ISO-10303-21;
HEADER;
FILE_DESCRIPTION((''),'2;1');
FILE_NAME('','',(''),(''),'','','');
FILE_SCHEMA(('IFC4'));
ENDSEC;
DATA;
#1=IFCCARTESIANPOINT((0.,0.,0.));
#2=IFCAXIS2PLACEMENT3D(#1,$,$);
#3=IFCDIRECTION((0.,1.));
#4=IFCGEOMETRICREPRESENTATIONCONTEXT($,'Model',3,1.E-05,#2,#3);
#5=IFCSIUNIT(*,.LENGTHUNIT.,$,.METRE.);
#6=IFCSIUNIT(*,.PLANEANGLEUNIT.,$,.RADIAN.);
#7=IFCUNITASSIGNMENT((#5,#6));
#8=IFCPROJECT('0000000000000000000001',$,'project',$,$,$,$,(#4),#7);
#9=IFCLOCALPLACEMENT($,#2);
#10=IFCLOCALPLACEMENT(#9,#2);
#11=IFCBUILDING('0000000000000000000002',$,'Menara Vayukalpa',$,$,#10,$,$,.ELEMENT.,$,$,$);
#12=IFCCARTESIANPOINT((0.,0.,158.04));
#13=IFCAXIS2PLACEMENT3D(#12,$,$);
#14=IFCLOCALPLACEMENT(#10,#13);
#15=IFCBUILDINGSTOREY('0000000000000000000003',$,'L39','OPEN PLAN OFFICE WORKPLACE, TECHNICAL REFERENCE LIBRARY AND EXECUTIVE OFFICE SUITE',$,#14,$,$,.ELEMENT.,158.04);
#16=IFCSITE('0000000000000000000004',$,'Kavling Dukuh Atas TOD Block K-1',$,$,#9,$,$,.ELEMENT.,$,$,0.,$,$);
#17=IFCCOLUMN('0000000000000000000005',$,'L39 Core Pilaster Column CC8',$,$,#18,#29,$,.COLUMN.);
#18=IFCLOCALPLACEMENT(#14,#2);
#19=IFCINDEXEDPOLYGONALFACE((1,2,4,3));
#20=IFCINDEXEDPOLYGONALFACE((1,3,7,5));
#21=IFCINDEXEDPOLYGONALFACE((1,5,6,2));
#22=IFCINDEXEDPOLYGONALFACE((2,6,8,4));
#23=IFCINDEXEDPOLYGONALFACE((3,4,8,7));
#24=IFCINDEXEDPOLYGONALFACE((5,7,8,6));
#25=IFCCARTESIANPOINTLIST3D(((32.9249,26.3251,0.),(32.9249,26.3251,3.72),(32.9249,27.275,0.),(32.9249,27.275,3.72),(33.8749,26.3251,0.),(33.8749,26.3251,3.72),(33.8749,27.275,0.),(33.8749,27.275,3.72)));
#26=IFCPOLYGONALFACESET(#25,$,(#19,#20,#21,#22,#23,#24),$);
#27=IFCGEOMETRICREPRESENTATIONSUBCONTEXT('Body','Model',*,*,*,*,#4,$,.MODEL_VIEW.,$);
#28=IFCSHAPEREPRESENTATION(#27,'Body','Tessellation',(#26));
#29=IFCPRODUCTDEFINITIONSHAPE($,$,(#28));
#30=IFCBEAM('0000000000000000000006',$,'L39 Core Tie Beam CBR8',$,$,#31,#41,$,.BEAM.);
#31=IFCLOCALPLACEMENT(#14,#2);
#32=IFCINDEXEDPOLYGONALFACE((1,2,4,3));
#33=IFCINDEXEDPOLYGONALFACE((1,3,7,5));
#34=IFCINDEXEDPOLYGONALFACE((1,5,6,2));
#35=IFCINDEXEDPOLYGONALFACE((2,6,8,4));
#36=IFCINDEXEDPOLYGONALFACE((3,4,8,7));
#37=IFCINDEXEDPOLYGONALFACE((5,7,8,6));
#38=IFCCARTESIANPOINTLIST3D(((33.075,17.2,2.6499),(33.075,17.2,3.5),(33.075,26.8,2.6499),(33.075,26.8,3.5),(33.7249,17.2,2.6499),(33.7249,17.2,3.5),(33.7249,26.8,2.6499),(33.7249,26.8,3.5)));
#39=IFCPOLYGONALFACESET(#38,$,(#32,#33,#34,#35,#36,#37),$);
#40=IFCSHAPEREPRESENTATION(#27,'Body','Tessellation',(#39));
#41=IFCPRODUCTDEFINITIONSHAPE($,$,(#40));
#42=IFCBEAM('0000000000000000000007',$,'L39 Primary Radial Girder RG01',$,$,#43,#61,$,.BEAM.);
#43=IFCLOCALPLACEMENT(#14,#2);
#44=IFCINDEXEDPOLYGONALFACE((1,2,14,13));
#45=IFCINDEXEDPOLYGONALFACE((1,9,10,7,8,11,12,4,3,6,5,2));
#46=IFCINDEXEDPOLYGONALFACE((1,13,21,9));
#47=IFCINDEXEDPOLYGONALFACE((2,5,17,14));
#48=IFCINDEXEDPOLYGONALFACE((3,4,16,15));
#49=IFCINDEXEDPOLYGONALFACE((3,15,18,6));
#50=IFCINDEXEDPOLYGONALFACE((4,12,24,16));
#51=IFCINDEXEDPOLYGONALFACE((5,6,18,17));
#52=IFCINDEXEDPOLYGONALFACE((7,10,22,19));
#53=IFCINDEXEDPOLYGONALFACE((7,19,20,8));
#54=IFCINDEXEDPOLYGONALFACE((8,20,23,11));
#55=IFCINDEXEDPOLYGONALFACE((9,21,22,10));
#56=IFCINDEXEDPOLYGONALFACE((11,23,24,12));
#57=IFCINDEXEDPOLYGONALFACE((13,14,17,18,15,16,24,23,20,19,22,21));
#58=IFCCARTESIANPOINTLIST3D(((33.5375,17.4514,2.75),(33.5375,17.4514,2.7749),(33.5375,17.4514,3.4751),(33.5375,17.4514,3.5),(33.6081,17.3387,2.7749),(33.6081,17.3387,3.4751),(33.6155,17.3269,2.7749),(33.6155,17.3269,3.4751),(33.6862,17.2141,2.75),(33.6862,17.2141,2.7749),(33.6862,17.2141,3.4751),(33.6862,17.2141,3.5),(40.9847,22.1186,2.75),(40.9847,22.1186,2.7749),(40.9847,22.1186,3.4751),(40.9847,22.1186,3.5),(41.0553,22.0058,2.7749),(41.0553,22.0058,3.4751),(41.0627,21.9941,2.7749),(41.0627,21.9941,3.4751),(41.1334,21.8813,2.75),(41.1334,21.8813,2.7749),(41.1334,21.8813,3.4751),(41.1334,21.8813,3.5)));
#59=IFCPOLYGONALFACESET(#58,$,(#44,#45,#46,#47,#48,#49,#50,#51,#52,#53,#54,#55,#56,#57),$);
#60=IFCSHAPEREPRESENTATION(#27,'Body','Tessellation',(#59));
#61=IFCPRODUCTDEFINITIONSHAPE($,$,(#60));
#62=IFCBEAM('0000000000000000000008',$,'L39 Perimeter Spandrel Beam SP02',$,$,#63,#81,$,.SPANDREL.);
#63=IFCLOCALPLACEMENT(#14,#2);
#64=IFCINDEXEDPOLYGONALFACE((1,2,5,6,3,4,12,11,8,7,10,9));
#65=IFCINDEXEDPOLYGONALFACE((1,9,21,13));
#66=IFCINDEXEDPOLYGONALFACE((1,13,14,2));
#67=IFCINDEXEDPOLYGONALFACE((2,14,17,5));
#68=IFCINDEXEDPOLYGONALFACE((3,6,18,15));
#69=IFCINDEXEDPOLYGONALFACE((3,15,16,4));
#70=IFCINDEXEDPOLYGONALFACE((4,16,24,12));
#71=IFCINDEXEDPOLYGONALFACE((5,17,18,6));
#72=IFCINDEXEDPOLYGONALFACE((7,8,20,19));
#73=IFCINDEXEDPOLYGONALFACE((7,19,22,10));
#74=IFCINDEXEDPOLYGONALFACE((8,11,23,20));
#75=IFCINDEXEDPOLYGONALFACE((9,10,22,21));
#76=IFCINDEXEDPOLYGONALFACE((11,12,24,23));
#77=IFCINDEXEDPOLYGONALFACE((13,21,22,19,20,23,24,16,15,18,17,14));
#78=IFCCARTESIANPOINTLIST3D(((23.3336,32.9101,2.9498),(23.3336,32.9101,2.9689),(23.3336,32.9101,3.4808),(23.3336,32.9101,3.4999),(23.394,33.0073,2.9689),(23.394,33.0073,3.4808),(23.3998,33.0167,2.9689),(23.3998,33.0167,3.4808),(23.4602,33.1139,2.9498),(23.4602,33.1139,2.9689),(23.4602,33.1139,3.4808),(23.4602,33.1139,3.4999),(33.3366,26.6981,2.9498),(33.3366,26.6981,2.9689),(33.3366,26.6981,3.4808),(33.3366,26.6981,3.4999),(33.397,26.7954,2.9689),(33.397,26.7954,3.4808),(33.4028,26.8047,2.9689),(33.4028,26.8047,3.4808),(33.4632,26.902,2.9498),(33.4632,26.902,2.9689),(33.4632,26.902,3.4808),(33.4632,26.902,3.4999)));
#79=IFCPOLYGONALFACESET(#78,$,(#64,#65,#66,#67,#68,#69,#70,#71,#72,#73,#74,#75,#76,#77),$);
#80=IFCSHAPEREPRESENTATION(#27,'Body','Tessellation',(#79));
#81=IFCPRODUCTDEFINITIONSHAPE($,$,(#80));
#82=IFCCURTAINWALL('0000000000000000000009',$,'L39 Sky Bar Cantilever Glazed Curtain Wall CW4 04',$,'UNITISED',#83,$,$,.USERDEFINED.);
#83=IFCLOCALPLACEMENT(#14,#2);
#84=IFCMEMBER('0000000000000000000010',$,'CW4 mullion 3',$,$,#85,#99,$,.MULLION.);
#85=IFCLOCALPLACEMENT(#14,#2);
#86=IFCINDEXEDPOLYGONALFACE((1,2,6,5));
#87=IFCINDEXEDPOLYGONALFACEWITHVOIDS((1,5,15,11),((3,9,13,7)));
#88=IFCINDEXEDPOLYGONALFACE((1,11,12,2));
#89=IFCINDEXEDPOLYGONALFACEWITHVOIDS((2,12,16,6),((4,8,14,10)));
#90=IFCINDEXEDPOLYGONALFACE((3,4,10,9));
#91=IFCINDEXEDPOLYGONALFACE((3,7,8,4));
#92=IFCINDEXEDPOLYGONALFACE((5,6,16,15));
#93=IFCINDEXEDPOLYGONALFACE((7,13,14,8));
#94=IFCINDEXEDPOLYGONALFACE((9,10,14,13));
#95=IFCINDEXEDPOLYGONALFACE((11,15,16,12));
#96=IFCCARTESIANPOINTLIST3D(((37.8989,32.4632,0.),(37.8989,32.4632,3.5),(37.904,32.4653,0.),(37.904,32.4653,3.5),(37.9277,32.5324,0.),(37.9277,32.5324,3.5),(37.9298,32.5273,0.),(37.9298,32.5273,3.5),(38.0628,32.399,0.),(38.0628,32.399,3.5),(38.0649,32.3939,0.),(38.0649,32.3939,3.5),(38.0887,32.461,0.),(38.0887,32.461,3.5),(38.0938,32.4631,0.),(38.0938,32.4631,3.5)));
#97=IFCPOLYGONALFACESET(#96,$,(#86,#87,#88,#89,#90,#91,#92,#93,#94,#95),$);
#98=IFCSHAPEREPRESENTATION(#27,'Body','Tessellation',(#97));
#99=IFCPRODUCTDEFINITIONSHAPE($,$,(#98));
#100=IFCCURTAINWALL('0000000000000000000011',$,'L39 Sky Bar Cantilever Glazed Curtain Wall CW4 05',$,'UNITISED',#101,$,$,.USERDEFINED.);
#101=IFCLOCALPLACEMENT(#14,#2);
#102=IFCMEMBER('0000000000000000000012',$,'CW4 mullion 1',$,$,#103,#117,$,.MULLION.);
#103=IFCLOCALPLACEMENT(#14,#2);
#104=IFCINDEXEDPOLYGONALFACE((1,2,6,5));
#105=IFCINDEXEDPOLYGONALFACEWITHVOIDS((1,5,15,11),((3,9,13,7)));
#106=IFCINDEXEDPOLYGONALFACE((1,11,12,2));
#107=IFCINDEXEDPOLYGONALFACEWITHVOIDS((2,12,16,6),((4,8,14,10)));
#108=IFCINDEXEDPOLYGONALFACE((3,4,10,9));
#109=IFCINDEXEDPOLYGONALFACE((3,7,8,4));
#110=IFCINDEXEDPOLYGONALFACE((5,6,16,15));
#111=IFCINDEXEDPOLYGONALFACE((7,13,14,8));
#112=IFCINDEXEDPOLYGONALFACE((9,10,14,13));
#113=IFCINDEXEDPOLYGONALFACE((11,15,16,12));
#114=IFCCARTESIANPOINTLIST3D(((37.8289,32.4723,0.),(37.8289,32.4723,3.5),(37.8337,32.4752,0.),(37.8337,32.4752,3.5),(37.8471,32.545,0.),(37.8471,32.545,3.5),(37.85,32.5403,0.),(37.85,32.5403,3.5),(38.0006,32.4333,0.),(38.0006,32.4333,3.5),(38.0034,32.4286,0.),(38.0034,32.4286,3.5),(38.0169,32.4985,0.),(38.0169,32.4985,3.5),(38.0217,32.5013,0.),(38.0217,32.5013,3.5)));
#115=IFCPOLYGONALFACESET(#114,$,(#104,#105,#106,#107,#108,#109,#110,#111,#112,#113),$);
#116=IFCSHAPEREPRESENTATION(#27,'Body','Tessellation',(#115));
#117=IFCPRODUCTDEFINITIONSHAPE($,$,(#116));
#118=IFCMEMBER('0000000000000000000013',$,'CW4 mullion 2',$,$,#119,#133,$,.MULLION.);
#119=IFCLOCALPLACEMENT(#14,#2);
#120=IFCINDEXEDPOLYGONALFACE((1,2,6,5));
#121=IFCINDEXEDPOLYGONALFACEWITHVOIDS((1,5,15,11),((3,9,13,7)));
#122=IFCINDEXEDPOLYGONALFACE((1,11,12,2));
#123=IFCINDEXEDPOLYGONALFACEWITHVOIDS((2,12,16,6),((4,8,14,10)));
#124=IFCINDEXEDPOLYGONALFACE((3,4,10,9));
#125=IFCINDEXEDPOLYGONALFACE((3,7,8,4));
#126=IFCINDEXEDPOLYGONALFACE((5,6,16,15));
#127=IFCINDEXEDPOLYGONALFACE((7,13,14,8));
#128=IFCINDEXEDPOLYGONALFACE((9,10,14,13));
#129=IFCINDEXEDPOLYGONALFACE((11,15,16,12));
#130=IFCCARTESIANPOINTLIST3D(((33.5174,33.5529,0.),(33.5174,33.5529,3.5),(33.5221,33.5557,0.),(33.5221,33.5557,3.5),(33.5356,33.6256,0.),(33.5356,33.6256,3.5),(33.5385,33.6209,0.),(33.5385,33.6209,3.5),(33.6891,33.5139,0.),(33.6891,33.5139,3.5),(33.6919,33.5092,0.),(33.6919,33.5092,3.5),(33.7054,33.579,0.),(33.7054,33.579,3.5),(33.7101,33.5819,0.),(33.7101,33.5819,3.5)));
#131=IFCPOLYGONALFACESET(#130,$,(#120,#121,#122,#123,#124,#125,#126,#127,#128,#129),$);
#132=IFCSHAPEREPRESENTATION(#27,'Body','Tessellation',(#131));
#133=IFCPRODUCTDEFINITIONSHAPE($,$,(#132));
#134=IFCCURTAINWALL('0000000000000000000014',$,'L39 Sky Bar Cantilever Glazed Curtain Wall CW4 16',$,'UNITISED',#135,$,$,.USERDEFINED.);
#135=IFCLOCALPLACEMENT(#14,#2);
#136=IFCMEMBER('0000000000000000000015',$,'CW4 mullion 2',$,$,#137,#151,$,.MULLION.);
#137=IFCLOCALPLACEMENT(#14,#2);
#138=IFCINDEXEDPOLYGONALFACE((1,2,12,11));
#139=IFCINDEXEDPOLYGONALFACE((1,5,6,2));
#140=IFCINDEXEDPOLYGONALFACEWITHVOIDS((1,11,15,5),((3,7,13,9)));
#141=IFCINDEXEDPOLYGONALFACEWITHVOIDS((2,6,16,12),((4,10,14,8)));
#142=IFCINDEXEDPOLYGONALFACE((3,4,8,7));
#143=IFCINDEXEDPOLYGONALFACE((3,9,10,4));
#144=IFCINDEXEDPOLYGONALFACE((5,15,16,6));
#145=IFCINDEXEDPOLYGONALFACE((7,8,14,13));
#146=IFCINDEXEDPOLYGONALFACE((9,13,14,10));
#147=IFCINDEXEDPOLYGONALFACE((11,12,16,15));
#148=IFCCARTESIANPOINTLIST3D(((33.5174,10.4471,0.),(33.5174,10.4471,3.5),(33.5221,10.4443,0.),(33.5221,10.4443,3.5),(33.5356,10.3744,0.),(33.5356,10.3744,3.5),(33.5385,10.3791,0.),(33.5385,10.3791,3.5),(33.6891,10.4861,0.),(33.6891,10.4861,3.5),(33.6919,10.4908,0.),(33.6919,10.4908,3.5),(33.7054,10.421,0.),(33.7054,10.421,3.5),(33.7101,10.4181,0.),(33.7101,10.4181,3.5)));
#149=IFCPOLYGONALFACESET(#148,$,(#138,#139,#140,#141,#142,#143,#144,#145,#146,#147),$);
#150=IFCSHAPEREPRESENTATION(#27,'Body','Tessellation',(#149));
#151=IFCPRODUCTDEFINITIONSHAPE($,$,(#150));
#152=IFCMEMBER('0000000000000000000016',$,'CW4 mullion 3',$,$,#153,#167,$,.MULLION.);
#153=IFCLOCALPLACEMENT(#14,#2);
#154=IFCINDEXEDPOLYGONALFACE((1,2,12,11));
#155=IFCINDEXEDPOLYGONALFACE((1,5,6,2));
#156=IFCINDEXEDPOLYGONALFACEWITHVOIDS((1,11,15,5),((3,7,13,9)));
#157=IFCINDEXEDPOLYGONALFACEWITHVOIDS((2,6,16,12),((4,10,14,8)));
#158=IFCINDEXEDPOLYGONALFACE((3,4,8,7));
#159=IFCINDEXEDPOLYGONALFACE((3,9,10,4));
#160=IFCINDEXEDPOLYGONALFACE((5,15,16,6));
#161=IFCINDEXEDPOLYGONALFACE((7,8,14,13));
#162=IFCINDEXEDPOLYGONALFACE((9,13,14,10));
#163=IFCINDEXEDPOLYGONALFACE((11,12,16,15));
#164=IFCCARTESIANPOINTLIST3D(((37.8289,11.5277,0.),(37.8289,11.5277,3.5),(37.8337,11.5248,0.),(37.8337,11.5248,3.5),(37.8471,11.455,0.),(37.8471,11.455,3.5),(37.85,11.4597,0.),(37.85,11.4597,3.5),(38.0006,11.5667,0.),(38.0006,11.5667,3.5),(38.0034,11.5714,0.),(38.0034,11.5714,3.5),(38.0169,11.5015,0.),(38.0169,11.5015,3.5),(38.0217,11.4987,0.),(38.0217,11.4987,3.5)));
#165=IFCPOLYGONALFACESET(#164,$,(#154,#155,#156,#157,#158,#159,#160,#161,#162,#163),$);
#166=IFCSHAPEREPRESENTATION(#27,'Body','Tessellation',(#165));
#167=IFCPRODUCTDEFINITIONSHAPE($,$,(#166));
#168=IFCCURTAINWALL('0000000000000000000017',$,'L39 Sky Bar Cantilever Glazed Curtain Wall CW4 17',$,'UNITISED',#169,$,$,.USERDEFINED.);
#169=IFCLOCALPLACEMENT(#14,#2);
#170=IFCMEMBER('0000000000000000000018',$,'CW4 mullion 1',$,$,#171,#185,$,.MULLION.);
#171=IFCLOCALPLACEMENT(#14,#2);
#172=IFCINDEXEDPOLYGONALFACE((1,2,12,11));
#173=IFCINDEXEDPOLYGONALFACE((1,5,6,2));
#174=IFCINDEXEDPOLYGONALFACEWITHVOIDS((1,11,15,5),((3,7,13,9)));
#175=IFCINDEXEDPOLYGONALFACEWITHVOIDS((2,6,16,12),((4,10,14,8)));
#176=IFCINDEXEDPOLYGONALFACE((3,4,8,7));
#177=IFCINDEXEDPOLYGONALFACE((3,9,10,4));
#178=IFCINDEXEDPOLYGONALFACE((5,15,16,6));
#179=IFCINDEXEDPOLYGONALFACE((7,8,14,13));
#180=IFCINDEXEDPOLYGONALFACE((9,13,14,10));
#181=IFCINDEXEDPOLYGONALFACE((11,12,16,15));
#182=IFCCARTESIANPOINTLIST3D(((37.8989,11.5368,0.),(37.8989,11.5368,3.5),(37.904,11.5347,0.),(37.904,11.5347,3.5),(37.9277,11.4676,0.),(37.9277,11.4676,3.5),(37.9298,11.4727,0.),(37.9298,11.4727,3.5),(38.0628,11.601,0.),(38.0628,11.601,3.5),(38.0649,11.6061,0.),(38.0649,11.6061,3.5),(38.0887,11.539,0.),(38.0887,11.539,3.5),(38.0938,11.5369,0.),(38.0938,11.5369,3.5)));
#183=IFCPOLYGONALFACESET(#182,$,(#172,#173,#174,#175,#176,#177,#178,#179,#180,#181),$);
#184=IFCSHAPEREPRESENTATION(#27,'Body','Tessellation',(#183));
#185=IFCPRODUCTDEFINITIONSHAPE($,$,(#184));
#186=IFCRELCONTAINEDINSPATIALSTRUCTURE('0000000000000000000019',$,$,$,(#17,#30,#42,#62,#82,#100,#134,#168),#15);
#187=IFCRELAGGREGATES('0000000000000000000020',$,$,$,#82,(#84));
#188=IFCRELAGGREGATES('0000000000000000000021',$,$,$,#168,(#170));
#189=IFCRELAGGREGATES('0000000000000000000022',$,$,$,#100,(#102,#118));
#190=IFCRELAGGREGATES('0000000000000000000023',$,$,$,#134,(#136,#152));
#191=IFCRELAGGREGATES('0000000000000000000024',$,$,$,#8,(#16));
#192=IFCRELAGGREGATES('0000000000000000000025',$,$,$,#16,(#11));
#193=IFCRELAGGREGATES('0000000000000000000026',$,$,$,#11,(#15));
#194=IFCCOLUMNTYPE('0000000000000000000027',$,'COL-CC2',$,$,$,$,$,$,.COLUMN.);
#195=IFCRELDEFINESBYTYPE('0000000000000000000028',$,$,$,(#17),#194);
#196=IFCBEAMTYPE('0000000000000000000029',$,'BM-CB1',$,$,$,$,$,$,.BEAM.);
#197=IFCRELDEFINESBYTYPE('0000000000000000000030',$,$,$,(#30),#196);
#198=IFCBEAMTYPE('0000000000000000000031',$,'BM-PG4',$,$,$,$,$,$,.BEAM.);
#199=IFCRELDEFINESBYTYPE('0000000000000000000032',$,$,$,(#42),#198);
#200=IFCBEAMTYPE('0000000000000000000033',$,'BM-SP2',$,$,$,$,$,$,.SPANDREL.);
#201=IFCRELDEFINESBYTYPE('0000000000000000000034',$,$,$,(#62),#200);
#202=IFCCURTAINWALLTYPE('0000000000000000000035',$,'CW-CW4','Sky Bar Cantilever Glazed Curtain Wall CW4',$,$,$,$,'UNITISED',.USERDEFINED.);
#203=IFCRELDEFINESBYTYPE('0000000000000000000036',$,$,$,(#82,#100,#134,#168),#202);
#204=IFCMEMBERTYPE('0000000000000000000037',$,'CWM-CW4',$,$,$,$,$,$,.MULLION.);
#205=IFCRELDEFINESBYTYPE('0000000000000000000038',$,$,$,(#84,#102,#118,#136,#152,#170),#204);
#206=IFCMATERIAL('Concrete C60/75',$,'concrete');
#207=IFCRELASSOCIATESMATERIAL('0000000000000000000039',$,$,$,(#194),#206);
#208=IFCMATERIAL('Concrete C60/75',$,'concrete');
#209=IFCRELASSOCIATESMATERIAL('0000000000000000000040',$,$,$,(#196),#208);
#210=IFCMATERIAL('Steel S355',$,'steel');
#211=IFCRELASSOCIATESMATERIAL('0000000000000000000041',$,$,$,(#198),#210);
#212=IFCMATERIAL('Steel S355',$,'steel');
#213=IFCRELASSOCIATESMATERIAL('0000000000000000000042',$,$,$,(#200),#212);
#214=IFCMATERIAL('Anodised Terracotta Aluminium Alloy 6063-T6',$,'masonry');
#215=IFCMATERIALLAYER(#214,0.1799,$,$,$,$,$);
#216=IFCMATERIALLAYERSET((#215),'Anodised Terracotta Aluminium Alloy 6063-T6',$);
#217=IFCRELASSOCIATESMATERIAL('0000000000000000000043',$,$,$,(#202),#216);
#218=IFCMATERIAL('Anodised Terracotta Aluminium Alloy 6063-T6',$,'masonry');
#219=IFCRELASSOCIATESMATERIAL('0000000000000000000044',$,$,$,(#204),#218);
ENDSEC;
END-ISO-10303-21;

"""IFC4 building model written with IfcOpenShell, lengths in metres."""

from ifc_helpers import new_model, si_unit, direction, frame, origin, origin_2d, place, context, subcontext, project, spatial, rectangle, hollow_rectangle, i_section, extrude, material, layer, layer_set, material_profile, profile_set, type_object, element, aggregate, save


model = new_model("IFC4")

# Units and contexts
model_context = context("Model", 3, precision=1e-05, world=origin(), true_north=direction((0.0, 1.0)))
body_context = subcontext(model_context, "Body", "Model", "MODEL_VIEW")
ifc_project = project(units=[si_unit("LENGTHUNIT", "METRE"), si_unit("PLANEANGLEUNIT", "RADIAN")], contexts=[model_context])

# Site, building, storey
site_placement = place(None, origin())
site = spatial("IfcSite", under=ifc_project, at=site_placement, Name="Kavling Dukuh Atas TOD Block K-1", CompositionType="ELEMENT", RefElevation=0.0)
building_placement = place(site_placement, origin())
building = spatial("IfcBuilding", under=site, at=building_placement, Name="Menara Vayukalpa", CompositionType="ELEMENT")
storey_placement = place(building_placement, frame((0.0, 0.0, 158.04)))
storey = spatial("IfcBuildingStorey", under=building, at=storey_placement, Name="L39", Description="OPEN PLAN OFFICE WORKPLACE, TECHNICAL REFERENCE LIBRARY AND EXECUTIVE OFFICE SUITE", CompositionType="ELEMENT", Elevation=158.04)

# Column
ifc_material_1 = material(Name="Concrete C60/75", Category="concrete")
ifc_material_profile_1 = material_profile(ifc_material_1, rectangle(XDim=0.95, YDim=0.95, at=origin_2d()), Name="RC 950x950")
ifc_profile_set_1 = profile_set([ifc_material_profile_1], Name="Concrete C60/75")
column_type = type_object("IfcColumnType", Name="COL-CC2", PredefinedType="COLUMN", material=ifc_profile_set_1)
column_placement = place(storey_placement, frame((33.3999, 26.8, 0.0), z_axis=(0.0, 0.0, 1.0), x_axis=(1.0, 0.0, 0.0)))
element("IfcColumn", 1, at=column_placement, inside=storey, type_object=column_type, Name="L39 Core Pilaster Column CC8", PredefinedType="COLUMN", context=body_context, shape_type="SweptSolid", body=[
    extrude(rectangle(XDim=0.95, YDim=0.95, at=origin_2d()), origin(), (0.0, 0.0, 1.0), 3.72),
])

# Beams
ifc_material_2 = material(Name="Concrete C60/75", Category="concrete")
ifc_material_profile_2 = material_profile(ifc_material_2, rectangle(XDim=0.6499, YDim=0.8501, at=origin_2d()), Name="RC 650x850")
ifc_profile_set_2 = profile_set([ifc_material_profile_2], Name="Concrete C60/75")
beam_type_1 = type_object("IfcBeamType", Name="BM-CB1", PredefinedType="BEAM", material=ifc_profile_set_2)
beam_1_placement = place(storey_placement, frame((33.3999, 17.2, 3.075), z_axis=(0.0, 1.0, 0.0), x_axis=(-1.0, 0.0, 0.0)))
element("IfcBeam", 2, at=beam_1_placement, inside=storey, type_object=beam_type_1, Name="L39 Core Tie Beam CBR8", PredefinedType="BEAM", context=body_context, shape_type="SweptSolid", body=[
    extrude(rectangle(XDim=0.6499, YDim=0.8501, at=origin_2d()), origin(), (0.0, 0.0, 1.0), 9.6001),
])
ifc_material_3 = material(Name="Steel S355", Category="steel")
ifc_material_profile_3 = material_profile(ifc_material_3, i_section(OverallWidth=0.28, OverallDepth=0.75, WebThickness=0.0139, FlangeThickness=0.0249, at=origin_2d()), Name="WF 750x280x14x25")
ifc_profile_set_3 = profile_set([ifc_material_profile_3], Name="Steel S355")
beam_type_2 = type_object("IfcBeamType", Name="BM-PG4", PredefinedType="BEAM", material=ifc_profile_set_3)
beam_2_placement = place(storey_placement, frame((33.6118, 17.3328, 3.125), z_axis=(0.847348, 0.531037, 0.0), x_axis=(-0.531037, 0.847348, 0.0)))
element("IfcBeam", 3, at=beam_2_placement, inside=storey, type_object=beam_type_2, Name="L39 Primary Radial Girder RG01", PredefinedType="BEAM", context=body_context, shape_type="SweptSolid", body=[
    extrude(i_section(OverallWidth=0.28, OverallDepth=0.75, WebThickness=0.0139, FlangeThickness=0.0249, at=origin_2d()), origin(), (0.0, 0.0, 1.0), 8.7888),
])
ifc_material_4 = material(Name="Steel S355", Category="steel")
ifc_material_profile_4 = material_profile(ifc_material_4, i_section(OverallWidth=0.24, OverallDepth=0.55, WebThickness=0.011, FlangeThickness=0.019, at=origin_2d()), Name="WF 550x240x11x19")
ifc_profile_set_4 = profile_set([ifc_material_profile_4], Name="Steel S355")
beam_type_3 = type_object("IfcBeamType", Name="BM-SP2", PredefinedType="SPANDREL", material=ifc_profile_set_4)
beam_3_placement = place(storey_placement, frame((33.3999, 26.8, 3.2249), z_axis=(-0.849518, 0.527559, 0.0), x_axis=(-0.527559, -0.849518, 0.0)))
element("IfcBeam", 4, at=beam_3_placement, inside=storey, type_object=beam_type_3, Name="L39 Perimeter Spandrel Beam SP02", PredefinedType="SPANDREL", context=body_context, shape_type="SweptSolid", body=[
    extrude(i_section(OverallWidth=0.24, OverallDepth=0.55, WebThickness=0.011, FlangeThickness=0.019, at=origin_2d()), origin(), (0.0, 0.0, 1.0), 11.7749),
])

# Curtain wall, member
ifc_material_5 = material(Name="Anodised Terracotta Aluminium Alloy 6063-T6", Category="masonry")
ifc_layer_1 = layer(ifc_material_5, 0.1799)
ifc_layer_set_1 = layer_set([ifc_layer_1], Name="Anodised Terracotta Aluminium Alloy 6063-T6")
curtain_wall_type = type_object("IfcCurtainWallType", Name="CW-CW4", Description="Sky Bar Cantilever Glazed Curtain Wall CW4", ElementType="UNITISED", PredefinedType="USERDEFINED", material=ifc_layer_set_1)
curtain_wall_1_placement = place(storey_placement, origin())
curtain_wall_1 = element("IfcCurtainWall", 5, at=curtain_wall_1_placement, inside=storey, type_object=curtain_wall_type, Name="L39 Sky Bar Cantilever Glazed Curtain Wall CW4 04", ObjectType="UNITISED", PredefinedType="USERDEFINED")
ifc_material_6 = material(Name="Anodised Terracotta Aluminium Alloy 6063-T6", Category="masonry")
ifc_material_profile_5 = material_profile(ifc_material_6, hollow_rectangle(XDim=0.075, YDim=0.1799, WallThickness=0.0039, at=origin_2d()), Name="ALU 75x180x4")
ifc_profile_set_5 = profile_set([ifc_material_profile_5], Name="Anodised Terracotta Aluminium Alloy 6063-T6")
member_type_1 = type_object("IfcMemberType", Name="CWM-CW4", PredefinedType="MULLION", material=ifc_profile_set_5)
member_1_placement = place(storey_placement, frame((37.9963, 32.4631, 0.0), z_axis=(0.0, 0.0, 1.0), x_axis=(-0.385091, -0.922878, 0.0)))
member_1 = element("IfcMember", 6, at=member_1_placement, type_object=member_type_1, Name="CW4 mullion 3", PredefinedType="MULLION", context=body_context, shape_type="SweptSolid", body=[
    extrude(hollow_rectangle(XDim=0.075, YDim=0.1799, WallThickness=0.0039, at=origin_2d()), origin(), (0.0, 0.0, 1.0), 3.5),
])
aggregate(curtain_wall_1, [member_1])

# Curtain walls, members
curtain_wall_2_placement = place(storey_placement, origin())
curtain_wall_2 = element("IfcCurtainWall", 7, at=curtain_wall_2_placement, inside=storey, type_object=curtain_wall_type, Name="L39 Sky Bar Cantilever Glazed Curtain Wall CW4 05", ObjectType="UNITISED", PredefinedType="USERDEFINED")
member_2_placement = place(storey_placement, frame((37.9253, 32.4868, 0.0), z_axis=(0.0, 0.0, 1.0), x_axis=(-0.243113, -0.969998, 0.0)))
member_2 = element("IfcMember", 8, at=member_2_placement, type_object=member_type_1, Name="CW4 mullion 1", PredefinedType="MULLION", context=body_context, shape_type="SweptSolid", body=[
    extrude(hollow_rectangle(XDim=0.075, YDim=0.1799, WallThickness=0.0039, at=origin_2d()), origin(), (0.0, 0.0, 1.0), 3.5),
])
member_3_placement = place(storey_placement, frame((33.6138, 33.5674, 0.0), z_axis=(0.0, 0.0, 1.0), x_axis=(-0.243113, -0.969998, 0.0)))
member_3 = element("IfcMember", 9, at=member_3_placement, type_object=member_type_1, Name="CW4 mullion 2", PredefinedType="MULLION", context=body_context, shape_type="SweptSolid", body=[
    extrude(hollow_rectangle(XDim=0.075, YDim=0.1799, WallThickness=0.0039, at=origin_2d()), origin(), (0.0, 0.0, 1.0), 3.5),
])
curtain_wall_3_placement = place(storey_placement, origin())
curtain_wall_3 = element("IfcCurtainWall", 10, at=curtain_wall_3_placement, inside=storey, type_object=curtain_wall_type, Name="L39 Sky Bar Cantilever Glazed Curtain Wall CW4 16", ObjectType="UNITISED", PredefinedType="USERDEFINED")
member_4_placement = place(storey_placement, frame((33.6138, 10.4326, 0.0), z_axis=(0.0, 0.0, 1.0), x_axis=(-0.243113, 0.969998, 0.0)))
member_4 = element("IfcMember", 11, at=member_4_placement, type_object=member_type_1, Name="CW4 mullion 2", PredefinedType="MULLION", context=body_context, shape_type="SweptSolid", body=[
    extrude(hollow_rectangle(XDim=0.075, YDim=0.1799, WallThickness=0.0039, at=origin_2d()), origin(), (0.0, 0.0, 1.0), 3.5),
])
member_5_placement = place(storey_placement, frame((37.9253, 11.5132, 0.0), z_axis=(0.0, 0.0, 1.0), x_axis=(-0.243113, 0.969998, 0.0)))
member_5 = element("IfcMember", 12, at=member_5_placement, type_object=member_type_1, Name="CW4 mullion 3", PredefinedType="MULLION", context=body_context, shape_type="SweptSolid", body=[
    extrude(hollow_rectangle(XDim=0.075, YDim=0.1799, WallThickness=0.0039, at=origin_2d()), origin(), (0.0, 0.0, 1.0), 3.5),
])

# Curtain wall, member
curtain_wall_4_placement = place(storey_placement, origin())
curtain_wall_4 = element("IfcCurtainWall", 13, at=curtain_wall_4_placement, inside=storey, type_object=curtain_wall_type, Name="L39 Sky Bar Cantilever Glazed Curtain Wall CW4 17", ObjectType="UNITISED", PredefinedType="USERDEFINED")
member_6_placement = place(storey_placement, frame((37.9963, 11.5369, 0.0), z_axis=(0.0, 0.0, 1.0), x_axis=(-0.385091, 0.922878, 0.0)))
member_6 = element("IfcMember", 14, at=member_6_placement, type_object=member_type_1, Name="CW4 mullion 1", PredefinedType="MULLION", context=body_context, shape_type="SweptSolid", body=[
    extrude(hollow_rectangle(XDim=0.075, YDim=0.1799, WallThickness=0.0039, at=origin_2d()), origin(), (0.0, 0.0, 1.0), 3.5),
])

aggregate(curtain_wall_4, [member_6])

aggregate(curtain_wall_2, [member_2, member_3])
aggregate(curtain_wall_3, [member_4, member_5])

save(model, "model.ifc")
